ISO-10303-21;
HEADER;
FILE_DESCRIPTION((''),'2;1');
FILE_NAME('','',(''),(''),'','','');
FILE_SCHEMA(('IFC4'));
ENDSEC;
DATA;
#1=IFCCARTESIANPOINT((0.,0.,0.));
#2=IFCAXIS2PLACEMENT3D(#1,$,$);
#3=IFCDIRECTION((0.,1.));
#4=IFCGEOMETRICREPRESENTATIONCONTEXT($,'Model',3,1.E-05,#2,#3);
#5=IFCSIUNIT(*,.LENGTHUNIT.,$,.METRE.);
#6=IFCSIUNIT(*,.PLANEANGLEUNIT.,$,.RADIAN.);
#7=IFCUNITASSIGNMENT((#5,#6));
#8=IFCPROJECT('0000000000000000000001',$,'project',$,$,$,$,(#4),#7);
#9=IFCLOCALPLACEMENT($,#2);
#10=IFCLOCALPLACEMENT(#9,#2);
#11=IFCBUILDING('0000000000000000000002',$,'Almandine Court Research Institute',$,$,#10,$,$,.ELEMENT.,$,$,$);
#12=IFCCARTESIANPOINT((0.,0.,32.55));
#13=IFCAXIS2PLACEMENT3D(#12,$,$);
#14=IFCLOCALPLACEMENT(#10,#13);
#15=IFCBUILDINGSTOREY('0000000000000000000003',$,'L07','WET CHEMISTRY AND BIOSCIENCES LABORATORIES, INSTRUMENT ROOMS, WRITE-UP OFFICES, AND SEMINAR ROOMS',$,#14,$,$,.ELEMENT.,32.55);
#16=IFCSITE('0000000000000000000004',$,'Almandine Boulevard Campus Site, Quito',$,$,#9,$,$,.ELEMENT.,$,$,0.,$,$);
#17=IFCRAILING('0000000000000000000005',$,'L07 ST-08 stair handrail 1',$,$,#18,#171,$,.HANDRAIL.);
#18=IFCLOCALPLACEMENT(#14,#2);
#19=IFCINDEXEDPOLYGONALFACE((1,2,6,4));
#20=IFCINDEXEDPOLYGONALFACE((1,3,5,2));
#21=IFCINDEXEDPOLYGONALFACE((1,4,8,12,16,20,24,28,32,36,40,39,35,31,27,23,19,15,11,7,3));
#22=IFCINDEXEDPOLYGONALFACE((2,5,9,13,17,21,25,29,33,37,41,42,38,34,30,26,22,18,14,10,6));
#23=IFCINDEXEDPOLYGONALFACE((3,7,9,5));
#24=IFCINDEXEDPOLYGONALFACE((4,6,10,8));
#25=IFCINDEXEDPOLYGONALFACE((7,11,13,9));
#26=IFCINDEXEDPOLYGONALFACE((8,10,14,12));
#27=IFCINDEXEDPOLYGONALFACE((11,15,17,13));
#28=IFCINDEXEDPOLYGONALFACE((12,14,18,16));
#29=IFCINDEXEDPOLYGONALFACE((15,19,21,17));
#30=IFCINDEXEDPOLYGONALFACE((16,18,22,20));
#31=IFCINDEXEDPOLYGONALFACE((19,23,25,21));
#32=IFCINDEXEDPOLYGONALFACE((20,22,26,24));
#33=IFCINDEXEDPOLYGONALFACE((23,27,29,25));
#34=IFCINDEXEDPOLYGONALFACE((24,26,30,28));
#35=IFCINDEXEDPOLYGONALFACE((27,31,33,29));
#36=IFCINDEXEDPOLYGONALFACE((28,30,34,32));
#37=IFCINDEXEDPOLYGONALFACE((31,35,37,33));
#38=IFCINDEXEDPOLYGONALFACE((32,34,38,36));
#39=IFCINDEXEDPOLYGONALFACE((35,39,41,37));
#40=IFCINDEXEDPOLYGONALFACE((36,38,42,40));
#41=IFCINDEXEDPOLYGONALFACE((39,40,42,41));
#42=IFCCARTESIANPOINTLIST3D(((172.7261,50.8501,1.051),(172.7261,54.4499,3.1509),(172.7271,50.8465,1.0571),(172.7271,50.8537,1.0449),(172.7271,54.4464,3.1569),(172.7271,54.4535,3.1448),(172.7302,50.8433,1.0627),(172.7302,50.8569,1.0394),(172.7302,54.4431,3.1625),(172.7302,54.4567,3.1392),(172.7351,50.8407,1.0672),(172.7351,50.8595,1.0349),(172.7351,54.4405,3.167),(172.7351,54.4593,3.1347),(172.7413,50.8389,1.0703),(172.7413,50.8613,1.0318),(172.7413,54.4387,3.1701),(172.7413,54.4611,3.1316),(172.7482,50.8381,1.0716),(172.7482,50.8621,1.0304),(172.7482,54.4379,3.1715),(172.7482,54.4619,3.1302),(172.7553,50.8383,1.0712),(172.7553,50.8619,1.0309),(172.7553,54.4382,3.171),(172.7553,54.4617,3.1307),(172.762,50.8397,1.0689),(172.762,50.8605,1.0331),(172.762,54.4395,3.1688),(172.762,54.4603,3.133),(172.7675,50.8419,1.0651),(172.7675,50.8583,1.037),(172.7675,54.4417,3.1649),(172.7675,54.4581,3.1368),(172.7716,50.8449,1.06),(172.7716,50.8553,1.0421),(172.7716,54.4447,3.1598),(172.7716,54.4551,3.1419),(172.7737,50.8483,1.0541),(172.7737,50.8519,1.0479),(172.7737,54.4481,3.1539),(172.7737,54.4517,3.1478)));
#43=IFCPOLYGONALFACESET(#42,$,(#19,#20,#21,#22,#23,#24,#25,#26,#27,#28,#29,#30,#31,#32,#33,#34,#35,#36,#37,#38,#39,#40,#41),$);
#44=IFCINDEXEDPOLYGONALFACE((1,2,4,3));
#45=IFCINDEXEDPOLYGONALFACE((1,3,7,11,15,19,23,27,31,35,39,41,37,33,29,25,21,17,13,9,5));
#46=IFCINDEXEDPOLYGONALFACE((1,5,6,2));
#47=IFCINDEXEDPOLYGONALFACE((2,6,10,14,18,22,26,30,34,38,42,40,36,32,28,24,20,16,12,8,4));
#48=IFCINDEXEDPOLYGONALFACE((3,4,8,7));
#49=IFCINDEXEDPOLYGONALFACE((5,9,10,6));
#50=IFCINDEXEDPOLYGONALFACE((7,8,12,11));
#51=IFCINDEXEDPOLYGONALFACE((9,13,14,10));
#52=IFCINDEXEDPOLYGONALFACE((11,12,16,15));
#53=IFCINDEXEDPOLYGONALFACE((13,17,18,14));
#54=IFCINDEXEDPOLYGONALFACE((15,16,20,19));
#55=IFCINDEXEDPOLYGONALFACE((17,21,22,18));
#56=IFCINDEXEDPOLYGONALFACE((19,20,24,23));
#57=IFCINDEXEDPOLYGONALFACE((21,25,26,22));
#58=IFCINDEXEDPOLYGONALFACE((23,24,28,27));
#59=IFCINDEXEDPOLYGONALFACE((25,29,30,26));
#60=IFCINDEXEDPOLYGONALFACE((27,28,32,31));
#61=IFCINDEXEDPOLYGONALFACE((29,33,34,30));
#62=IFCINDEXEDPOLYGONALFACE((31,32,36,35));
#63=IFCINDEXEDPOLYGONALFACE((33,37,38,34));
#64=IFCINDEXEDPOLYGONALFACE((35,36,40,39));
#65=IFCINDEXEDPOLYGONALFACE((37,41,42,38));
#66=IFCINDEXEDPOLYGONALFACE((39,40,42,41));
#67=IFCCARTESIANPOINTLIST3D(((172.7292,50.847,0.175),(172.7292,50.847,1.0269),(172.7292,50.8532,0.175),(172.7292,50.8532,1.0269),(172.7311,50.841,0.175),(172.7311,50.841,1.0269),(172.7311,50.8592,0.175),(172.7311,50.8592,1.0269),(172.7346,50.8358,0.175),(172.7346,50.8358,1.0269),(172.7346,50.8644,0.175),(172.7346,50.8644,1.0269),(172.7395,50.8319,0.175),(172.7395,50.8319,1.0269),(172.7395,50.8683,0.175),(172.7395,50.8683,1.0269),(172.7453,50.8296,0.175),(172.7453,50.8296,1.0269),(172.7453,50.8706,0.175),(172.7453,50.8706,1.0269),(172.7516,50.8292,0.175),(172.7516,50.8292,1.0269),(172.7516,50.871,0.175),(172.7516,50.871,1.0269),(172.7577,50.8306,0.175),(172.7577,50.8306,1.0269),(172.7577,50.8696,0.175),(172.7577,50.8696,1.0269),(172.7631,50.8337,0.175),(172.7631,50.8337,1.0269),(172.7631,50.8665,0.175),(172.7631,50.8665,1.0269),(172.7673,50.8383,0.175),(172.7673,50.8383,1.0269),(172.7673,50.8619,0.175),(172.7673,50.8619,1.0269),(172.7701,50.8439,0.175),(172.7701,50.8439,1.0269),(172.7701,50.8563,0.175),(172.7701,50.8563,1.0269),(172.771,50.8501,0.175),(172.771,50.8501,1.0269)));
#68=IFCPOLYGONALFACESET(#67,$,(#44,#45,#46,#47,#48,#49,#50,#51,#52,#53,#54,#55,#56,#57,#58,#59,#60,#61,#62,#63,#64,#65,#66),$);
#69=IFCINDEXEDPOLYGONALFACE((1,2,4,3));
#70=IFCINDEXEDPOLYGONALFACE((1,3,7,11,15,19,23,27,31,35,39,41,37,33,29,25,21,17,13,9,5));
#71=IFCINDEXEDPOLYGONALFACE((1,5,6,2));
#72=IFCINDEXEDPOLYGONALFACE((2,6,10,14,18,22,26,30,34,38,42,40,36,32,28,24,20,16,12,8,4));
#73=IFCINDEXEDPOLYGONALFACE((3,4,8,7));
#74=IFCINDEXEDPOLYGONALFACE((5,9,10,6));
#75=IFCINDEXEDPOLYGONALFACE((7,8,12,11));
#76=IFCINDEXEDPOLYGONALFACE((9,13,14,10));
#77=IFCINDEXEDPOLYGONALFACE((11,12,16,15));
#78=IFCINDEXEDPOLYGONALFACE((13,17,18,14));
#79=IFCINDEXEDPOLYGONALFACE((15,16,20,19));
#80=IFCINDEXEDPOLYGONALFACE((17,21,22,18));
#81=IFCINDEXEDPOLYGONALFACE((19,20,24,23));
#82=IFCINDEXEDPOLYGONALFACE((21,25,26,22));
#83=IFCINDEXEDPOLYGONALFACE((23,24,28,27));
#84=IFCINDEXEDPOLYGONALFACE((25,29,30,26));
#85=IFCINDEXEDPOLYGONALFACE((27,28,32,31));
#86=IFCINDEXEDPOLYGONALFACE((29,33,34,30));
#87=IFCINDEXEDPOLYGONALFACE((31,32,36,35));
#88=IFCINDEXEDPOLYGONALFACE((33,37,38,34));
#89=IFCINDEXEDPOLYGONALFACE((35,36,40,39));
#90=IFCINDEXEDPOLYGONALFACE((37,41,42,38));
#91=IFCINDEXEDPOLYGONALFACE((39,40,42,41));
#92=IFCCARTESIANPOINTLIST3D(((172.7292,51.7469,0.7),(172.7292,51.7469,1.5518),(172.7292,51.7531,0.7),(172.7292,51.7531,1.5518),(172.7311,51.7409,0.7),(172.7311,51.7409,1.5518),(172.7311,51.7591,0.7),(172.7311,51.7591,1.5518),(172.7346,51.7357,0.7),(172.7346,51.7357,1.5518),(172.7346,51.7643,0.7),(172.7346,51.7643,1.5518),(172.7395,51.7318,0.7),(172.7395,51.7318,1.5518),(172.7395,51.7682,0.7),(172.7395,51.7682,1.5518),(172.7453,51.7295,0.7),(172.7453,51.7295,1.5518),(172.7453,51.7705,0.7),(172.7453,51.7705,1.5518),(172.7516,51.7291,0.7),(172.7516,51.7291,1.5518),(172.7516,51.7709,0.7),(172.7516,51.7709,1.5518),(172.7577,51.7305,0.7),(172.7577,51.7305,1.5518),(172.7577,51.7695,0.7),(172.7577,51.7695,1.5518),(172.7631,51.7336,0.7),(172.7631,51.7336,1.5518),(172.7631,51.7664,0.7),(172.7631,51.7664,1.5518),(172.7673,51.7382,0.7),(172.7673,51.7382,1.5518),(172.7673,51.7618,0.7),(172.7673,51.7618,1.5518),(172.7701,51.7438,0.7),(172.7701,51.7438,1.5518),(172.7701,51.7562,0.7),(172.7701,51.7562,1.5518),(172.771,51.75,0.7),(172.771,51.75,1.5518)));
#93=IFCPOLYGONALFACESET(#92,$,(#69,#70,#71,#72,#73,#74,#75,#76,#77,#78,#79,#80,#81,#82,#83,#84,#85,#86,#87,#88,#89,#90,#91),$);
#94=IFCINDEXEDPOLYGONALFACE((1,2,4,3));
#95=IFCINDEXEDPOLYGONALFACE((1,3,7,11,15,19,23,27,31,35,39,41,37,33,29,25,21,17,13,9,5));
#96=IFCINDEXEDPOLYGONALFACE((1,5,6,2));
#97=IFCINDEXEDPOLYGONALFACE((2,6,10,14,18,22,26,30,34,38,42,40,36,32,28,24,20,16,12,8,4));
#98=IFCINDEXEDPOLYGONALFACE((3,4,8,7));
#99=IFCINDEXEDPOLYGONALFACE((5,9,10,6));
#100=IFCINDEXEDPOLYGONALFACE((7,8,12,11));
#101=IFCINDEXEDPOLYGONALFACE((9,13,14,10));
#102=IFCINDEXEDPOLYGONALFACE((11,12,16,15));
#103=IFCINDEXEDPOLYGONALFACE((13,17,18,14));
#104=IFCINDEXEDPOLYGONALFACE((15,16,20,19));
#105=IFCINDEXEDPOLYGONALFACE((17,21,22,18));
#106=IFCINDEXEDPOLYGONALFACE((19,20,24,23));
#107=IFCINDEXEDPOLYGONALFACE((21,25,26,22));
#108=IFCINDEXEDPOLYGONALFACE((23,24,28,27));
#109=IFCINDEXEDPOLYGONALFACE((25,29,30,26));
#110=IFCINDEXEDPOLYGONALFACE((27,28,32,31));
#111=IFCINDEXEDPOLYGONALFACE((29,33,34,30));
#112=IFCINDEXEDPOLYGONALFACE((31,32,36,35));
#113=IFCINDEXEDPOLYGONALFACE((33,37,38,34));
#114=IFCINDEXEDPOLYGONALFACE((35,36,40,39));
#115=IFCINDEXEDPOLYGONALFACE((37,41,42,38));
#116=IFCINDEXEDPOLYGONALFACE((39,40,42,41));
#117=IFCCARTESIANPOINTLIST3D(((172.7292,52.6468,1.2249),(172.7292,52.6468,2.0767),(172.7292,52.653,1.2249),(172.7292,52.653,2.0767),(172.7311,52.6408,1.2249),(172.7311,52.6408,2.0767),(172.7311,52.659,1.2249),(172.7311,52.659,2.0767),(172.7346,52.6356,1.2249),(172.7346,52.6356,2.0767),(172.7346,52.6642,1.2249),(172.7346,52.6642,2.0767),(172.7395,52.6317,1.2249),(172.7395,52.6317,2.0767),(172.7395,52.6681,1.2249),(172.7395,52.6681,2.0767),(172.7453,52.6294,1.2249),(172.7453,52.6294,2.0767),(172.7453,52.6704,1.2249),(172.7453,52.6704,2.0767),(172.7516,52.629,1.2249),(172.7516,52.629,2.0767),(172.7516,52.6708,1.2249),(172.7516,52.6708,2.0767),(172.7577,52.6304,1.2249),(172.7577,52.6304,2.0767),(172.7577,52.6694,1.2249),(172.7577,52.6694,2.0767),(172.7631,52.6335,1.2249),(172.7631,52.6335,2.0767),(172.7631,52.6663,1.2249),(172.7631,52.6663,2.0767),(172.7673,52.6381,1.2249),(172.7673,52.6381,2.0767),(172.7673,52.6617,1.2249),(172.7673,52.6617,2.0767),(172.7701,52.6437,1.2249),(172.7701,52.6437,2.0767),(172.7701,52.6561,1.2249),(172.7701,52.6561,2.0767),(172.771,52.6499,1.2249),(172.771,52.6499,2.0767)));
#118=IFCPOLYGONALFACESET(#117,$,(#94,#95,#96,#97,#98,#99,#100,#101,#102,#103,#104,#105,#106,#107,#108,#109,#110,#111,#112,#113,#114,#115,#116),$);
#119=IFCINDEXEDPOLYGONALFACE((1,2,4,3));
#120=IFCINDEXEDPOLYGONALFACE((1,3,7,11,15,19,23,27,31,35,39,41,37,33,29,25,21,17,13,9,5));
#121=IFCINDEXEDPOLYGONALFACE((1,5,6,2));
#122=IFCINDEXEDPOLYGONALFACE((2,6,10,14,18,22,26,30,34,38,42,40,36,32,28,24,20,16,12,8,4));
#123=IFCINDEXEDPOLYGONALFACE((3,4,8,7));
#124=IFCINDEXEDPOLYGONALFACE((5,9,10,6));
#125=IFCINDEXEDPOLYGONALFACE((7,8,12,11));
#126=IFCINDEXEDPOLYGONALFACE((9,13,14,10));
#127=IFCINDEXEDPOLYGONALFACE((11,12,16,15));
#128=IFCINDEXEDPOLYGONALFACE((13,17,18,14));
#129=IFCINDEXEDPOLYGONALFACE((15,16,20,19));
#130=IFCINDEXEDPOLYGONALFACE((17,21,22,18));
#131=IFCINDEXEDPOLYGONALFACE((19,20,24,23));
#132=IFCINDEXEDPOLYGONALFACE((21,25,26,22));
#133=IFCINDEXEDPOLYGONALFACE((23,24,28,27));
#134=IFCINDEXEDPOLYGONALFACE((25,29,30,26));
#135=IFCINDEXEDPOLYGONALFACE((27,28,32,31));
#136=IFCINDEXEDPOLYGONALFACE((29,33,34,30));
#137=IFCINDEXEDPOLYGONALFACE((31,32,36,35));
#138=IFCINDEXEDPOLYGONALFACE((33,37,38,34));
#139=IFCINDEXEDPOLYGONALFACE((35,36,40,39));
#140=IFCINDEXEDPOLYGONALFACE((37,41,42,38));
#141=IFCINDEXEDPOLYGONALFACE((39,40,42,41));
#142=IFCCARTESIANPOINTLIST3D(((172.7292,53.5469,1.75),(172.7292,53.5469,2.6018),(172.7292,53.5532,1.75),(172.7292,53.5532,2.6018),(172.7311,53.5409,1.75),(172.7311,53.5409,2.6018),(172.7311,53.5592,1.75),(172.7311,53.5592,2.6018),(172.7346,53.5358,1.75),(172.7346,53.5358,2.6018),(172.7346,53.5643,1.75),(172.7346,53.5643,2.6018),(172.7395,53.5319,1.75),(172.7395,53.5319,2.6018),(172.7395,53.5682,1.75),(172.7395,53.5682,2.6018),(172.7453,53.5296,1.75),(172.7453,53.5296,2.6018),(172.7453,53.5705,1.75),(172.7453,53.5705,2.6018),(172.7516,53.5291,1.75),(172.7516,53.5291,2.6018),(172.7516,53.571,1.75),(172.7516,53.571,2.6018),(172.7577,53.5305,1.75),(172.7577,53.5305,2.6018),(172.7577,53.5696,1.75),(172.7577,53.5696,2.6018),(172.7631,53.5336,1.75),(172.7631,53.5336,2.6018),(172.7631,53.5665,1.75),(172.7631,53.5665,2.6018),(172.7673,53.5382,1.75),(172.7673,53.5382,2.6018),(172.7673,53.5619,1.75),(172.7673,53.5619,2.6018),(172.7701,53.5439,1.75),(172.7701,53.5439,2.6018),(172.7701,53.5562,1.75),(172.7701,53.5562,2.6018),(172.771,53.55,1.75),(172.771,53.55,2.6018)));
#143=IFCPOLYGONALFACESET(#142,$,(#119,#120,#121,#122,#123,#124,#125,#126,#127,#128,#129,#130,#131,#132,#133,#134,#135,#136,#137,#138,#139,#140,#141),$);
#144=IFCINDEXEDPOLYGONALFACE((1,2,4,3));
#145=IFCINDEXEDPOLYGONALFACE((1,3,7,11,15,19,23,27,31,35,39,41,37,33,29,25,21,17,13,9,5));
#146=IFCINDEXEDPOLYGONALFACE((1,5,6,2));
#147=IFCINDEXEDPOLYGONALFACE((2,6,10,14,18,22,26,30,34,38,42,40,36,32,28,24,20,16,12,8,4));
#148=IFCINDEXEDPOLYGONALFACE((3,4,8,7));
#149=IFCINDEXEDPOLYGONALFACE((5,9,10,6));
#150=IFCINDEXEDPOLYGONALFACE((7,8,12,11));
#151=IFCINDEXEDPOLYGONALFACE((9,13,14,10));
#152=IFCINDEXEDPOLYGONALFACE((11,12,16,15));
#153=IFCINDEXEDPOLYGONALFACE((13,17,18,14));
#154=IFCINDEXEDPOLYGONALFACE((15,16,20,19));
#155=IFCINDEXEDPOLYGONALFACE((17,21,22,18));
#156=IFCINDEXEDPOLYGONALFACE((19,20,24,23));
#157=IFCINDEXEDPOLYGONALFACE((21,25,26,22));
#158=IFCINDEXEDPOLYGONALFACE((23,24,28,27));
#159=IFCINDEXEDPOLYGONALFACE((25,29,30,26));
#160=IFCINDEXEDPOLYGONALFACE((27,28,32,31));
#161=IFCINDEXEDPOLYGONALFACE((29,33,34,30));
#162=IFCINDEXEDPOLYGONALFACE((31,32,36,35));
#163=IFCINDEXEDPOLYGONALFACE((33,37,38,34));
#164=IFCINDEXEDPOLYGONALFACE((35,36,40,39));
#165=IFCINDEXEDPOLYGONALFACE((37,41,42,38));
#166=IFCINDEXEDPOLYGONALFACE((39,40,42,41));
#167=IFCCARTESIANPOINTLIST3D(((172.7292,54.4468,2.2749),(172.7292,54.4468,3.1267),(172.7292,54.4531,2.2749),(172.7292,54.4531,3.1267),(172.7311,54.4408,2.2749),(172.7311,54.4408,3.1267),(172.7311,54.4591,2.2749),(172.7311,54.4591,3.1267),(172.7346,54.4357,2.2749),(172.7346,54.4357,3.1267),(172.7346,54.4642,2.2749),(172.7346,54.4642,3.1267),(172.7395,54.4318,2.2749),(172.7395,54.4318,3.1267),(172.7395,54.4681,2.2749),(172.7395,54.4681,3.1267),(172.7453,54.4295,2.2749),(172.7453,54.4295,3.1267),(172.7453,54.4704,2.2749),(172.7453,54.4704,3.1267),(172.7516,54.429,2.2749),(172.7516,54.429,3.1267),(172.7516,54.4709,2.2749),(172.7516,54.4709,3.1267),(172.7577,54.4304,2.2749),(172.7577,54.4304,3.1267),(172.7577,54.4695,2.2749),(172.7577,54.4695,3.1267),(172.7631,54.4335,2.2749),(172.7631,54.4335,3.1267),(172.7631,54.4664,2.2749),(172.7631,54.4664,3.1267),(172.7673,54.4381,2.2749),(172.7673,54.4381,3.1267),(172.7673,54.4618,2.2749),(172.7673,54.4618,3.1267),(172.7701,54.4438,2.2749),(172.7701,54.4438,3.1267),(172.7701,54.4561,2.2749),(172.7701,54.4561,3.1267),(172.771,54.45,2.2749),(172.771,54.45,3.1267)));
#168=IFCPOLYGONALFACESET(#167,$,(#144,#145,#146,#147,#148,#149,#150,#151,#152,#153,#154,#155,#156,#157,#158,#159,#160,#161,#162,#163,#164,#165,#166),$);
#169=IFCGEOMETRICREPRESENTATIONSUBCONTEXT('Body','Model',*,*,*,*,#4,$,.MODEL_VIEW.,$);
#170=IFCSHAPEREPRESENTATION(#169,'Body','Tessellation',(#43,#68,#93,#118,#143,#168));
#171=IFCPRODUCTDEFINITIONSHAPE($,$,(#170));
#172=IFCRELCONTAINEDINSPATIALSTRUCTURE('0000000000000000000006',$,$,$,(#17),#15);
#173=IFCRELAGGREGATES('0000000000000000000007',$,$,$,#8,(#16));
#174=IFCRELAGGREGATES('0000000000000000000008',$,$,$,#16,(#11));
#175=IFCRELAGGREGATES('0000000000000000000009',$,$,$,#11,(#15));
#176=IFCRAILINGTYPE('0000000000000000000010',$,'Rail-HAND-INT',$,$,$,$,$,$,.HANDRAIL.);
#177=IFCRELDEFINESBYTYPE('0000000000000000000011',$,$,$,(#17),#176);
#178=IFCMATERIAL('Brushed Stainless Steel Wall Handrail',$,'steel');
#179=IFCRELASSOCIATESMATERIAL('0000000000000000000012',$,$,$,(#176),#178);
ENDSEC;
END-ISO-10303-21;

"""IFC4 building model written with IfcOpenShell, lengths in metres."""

from ifc_helpers import new_model, si_unit, direction, frame, origin, origin_2d, place, context, subcontext, project, spatial, circle, extrude, material, type_object, element, save


model = new_model("IFC4")

# Units and contexts
model_context = context("Model", 3, precision=1e-05, world=origin(), true_north=direction((0.0, 1.0)))
body_context = subcontext(model_context, "Body", "Model", "MODEL_VIEW")
ifc_project = project(units=[si_unit("LENGTHUNIT", "METRE"), si_unit("PLANEANGLEUNIT", "RADIAN")], contexts=[model_context])

# Site, building, storey
site_placement = place(None, origin())
site = spatial("IfcSite", under=ifc_project, at=site_placement, Name="Almandine Boulevard Campus Site, Quito", CompositionType="ELEMENT", RefElevation=0.0)
building_placement = place(site_placement, origin())
building = spatial("IfcBuilding", under=site, at=building_placement, Name="Almandine Court Research Institute", CompositionType="ELEMENT")
storey_placement = place(building_placement, frame((0.0, 0.0, 32.55)))
storey = spatial("IfcBuildingStorey", under=building, at=storey_placement, Name="L07", Description="WET CHEMISTRY AND BIOSCIENCES LABORATORIES, INSTRUMENT ROOMS, WRITE-UP OFFICES, AND SEMINAR ROOMS", CompositionType="ELEMENT", Elevation=32.55)

# Railing
ifc_material_1 = material(Name="Brushed Stainless Steel Wall Handrail", Category="steel")
railing_type_1 = type_object("IfcRailingType", Name="Rail-HAND-INT", PredefinedType="HANDRAIL", material=ifc_material_1)
railing_1_placement = place(storey_placement, frame((172.75, 50.8501, 0.175)))
element("IfcRailing", 1, at=railing_1_placement, inside=storey, type_object=railing_type_1, Name="L07 ST-08 stair handrail 1", PredefinedType="HANDRAIL", context=body_context, shape_type="SweptSolid", body=[
    extrude(circle(Radius=0.0239, at=origin_2d()), frame((0.0, 0.0, 0.876), z_axis=(0.0, 0.863785, 0.50386), x_axis=(-1.0, 0.0, 0.0)), (0.0, 0.0, 1.0), 4.1675),
    extrude(circle(Radius=0.021, at=origin_2d()), origin(), (0.0, 0.0, 1.0), 0.8518),
    extrude(circle(Radius=0.021, at=origin_2d()), frame((0.0, 0.8999, 0.5249)), (0.0, 0.0, 1.0), 0.8518),
    extrude(circle(Radius=0.021, at=origin_2d()), frame((0.0, 1.7998, 1.0498)), (0.0, 0.0, 1.0), 0.8518),
    extrude(circle(Radius=0.021, at=origin_2d()), frame((0.0, 2.7, 1.575)), (0.0, 0.0, 1.0), 0.8518),
    extrude(circle(Radius=0.021, at=origin_2d()), frame((0.0, 3.5999, 2.0999)), (0.0, 0.0, 1.0), 0.8518),
])

save(model, "model.ifc")
